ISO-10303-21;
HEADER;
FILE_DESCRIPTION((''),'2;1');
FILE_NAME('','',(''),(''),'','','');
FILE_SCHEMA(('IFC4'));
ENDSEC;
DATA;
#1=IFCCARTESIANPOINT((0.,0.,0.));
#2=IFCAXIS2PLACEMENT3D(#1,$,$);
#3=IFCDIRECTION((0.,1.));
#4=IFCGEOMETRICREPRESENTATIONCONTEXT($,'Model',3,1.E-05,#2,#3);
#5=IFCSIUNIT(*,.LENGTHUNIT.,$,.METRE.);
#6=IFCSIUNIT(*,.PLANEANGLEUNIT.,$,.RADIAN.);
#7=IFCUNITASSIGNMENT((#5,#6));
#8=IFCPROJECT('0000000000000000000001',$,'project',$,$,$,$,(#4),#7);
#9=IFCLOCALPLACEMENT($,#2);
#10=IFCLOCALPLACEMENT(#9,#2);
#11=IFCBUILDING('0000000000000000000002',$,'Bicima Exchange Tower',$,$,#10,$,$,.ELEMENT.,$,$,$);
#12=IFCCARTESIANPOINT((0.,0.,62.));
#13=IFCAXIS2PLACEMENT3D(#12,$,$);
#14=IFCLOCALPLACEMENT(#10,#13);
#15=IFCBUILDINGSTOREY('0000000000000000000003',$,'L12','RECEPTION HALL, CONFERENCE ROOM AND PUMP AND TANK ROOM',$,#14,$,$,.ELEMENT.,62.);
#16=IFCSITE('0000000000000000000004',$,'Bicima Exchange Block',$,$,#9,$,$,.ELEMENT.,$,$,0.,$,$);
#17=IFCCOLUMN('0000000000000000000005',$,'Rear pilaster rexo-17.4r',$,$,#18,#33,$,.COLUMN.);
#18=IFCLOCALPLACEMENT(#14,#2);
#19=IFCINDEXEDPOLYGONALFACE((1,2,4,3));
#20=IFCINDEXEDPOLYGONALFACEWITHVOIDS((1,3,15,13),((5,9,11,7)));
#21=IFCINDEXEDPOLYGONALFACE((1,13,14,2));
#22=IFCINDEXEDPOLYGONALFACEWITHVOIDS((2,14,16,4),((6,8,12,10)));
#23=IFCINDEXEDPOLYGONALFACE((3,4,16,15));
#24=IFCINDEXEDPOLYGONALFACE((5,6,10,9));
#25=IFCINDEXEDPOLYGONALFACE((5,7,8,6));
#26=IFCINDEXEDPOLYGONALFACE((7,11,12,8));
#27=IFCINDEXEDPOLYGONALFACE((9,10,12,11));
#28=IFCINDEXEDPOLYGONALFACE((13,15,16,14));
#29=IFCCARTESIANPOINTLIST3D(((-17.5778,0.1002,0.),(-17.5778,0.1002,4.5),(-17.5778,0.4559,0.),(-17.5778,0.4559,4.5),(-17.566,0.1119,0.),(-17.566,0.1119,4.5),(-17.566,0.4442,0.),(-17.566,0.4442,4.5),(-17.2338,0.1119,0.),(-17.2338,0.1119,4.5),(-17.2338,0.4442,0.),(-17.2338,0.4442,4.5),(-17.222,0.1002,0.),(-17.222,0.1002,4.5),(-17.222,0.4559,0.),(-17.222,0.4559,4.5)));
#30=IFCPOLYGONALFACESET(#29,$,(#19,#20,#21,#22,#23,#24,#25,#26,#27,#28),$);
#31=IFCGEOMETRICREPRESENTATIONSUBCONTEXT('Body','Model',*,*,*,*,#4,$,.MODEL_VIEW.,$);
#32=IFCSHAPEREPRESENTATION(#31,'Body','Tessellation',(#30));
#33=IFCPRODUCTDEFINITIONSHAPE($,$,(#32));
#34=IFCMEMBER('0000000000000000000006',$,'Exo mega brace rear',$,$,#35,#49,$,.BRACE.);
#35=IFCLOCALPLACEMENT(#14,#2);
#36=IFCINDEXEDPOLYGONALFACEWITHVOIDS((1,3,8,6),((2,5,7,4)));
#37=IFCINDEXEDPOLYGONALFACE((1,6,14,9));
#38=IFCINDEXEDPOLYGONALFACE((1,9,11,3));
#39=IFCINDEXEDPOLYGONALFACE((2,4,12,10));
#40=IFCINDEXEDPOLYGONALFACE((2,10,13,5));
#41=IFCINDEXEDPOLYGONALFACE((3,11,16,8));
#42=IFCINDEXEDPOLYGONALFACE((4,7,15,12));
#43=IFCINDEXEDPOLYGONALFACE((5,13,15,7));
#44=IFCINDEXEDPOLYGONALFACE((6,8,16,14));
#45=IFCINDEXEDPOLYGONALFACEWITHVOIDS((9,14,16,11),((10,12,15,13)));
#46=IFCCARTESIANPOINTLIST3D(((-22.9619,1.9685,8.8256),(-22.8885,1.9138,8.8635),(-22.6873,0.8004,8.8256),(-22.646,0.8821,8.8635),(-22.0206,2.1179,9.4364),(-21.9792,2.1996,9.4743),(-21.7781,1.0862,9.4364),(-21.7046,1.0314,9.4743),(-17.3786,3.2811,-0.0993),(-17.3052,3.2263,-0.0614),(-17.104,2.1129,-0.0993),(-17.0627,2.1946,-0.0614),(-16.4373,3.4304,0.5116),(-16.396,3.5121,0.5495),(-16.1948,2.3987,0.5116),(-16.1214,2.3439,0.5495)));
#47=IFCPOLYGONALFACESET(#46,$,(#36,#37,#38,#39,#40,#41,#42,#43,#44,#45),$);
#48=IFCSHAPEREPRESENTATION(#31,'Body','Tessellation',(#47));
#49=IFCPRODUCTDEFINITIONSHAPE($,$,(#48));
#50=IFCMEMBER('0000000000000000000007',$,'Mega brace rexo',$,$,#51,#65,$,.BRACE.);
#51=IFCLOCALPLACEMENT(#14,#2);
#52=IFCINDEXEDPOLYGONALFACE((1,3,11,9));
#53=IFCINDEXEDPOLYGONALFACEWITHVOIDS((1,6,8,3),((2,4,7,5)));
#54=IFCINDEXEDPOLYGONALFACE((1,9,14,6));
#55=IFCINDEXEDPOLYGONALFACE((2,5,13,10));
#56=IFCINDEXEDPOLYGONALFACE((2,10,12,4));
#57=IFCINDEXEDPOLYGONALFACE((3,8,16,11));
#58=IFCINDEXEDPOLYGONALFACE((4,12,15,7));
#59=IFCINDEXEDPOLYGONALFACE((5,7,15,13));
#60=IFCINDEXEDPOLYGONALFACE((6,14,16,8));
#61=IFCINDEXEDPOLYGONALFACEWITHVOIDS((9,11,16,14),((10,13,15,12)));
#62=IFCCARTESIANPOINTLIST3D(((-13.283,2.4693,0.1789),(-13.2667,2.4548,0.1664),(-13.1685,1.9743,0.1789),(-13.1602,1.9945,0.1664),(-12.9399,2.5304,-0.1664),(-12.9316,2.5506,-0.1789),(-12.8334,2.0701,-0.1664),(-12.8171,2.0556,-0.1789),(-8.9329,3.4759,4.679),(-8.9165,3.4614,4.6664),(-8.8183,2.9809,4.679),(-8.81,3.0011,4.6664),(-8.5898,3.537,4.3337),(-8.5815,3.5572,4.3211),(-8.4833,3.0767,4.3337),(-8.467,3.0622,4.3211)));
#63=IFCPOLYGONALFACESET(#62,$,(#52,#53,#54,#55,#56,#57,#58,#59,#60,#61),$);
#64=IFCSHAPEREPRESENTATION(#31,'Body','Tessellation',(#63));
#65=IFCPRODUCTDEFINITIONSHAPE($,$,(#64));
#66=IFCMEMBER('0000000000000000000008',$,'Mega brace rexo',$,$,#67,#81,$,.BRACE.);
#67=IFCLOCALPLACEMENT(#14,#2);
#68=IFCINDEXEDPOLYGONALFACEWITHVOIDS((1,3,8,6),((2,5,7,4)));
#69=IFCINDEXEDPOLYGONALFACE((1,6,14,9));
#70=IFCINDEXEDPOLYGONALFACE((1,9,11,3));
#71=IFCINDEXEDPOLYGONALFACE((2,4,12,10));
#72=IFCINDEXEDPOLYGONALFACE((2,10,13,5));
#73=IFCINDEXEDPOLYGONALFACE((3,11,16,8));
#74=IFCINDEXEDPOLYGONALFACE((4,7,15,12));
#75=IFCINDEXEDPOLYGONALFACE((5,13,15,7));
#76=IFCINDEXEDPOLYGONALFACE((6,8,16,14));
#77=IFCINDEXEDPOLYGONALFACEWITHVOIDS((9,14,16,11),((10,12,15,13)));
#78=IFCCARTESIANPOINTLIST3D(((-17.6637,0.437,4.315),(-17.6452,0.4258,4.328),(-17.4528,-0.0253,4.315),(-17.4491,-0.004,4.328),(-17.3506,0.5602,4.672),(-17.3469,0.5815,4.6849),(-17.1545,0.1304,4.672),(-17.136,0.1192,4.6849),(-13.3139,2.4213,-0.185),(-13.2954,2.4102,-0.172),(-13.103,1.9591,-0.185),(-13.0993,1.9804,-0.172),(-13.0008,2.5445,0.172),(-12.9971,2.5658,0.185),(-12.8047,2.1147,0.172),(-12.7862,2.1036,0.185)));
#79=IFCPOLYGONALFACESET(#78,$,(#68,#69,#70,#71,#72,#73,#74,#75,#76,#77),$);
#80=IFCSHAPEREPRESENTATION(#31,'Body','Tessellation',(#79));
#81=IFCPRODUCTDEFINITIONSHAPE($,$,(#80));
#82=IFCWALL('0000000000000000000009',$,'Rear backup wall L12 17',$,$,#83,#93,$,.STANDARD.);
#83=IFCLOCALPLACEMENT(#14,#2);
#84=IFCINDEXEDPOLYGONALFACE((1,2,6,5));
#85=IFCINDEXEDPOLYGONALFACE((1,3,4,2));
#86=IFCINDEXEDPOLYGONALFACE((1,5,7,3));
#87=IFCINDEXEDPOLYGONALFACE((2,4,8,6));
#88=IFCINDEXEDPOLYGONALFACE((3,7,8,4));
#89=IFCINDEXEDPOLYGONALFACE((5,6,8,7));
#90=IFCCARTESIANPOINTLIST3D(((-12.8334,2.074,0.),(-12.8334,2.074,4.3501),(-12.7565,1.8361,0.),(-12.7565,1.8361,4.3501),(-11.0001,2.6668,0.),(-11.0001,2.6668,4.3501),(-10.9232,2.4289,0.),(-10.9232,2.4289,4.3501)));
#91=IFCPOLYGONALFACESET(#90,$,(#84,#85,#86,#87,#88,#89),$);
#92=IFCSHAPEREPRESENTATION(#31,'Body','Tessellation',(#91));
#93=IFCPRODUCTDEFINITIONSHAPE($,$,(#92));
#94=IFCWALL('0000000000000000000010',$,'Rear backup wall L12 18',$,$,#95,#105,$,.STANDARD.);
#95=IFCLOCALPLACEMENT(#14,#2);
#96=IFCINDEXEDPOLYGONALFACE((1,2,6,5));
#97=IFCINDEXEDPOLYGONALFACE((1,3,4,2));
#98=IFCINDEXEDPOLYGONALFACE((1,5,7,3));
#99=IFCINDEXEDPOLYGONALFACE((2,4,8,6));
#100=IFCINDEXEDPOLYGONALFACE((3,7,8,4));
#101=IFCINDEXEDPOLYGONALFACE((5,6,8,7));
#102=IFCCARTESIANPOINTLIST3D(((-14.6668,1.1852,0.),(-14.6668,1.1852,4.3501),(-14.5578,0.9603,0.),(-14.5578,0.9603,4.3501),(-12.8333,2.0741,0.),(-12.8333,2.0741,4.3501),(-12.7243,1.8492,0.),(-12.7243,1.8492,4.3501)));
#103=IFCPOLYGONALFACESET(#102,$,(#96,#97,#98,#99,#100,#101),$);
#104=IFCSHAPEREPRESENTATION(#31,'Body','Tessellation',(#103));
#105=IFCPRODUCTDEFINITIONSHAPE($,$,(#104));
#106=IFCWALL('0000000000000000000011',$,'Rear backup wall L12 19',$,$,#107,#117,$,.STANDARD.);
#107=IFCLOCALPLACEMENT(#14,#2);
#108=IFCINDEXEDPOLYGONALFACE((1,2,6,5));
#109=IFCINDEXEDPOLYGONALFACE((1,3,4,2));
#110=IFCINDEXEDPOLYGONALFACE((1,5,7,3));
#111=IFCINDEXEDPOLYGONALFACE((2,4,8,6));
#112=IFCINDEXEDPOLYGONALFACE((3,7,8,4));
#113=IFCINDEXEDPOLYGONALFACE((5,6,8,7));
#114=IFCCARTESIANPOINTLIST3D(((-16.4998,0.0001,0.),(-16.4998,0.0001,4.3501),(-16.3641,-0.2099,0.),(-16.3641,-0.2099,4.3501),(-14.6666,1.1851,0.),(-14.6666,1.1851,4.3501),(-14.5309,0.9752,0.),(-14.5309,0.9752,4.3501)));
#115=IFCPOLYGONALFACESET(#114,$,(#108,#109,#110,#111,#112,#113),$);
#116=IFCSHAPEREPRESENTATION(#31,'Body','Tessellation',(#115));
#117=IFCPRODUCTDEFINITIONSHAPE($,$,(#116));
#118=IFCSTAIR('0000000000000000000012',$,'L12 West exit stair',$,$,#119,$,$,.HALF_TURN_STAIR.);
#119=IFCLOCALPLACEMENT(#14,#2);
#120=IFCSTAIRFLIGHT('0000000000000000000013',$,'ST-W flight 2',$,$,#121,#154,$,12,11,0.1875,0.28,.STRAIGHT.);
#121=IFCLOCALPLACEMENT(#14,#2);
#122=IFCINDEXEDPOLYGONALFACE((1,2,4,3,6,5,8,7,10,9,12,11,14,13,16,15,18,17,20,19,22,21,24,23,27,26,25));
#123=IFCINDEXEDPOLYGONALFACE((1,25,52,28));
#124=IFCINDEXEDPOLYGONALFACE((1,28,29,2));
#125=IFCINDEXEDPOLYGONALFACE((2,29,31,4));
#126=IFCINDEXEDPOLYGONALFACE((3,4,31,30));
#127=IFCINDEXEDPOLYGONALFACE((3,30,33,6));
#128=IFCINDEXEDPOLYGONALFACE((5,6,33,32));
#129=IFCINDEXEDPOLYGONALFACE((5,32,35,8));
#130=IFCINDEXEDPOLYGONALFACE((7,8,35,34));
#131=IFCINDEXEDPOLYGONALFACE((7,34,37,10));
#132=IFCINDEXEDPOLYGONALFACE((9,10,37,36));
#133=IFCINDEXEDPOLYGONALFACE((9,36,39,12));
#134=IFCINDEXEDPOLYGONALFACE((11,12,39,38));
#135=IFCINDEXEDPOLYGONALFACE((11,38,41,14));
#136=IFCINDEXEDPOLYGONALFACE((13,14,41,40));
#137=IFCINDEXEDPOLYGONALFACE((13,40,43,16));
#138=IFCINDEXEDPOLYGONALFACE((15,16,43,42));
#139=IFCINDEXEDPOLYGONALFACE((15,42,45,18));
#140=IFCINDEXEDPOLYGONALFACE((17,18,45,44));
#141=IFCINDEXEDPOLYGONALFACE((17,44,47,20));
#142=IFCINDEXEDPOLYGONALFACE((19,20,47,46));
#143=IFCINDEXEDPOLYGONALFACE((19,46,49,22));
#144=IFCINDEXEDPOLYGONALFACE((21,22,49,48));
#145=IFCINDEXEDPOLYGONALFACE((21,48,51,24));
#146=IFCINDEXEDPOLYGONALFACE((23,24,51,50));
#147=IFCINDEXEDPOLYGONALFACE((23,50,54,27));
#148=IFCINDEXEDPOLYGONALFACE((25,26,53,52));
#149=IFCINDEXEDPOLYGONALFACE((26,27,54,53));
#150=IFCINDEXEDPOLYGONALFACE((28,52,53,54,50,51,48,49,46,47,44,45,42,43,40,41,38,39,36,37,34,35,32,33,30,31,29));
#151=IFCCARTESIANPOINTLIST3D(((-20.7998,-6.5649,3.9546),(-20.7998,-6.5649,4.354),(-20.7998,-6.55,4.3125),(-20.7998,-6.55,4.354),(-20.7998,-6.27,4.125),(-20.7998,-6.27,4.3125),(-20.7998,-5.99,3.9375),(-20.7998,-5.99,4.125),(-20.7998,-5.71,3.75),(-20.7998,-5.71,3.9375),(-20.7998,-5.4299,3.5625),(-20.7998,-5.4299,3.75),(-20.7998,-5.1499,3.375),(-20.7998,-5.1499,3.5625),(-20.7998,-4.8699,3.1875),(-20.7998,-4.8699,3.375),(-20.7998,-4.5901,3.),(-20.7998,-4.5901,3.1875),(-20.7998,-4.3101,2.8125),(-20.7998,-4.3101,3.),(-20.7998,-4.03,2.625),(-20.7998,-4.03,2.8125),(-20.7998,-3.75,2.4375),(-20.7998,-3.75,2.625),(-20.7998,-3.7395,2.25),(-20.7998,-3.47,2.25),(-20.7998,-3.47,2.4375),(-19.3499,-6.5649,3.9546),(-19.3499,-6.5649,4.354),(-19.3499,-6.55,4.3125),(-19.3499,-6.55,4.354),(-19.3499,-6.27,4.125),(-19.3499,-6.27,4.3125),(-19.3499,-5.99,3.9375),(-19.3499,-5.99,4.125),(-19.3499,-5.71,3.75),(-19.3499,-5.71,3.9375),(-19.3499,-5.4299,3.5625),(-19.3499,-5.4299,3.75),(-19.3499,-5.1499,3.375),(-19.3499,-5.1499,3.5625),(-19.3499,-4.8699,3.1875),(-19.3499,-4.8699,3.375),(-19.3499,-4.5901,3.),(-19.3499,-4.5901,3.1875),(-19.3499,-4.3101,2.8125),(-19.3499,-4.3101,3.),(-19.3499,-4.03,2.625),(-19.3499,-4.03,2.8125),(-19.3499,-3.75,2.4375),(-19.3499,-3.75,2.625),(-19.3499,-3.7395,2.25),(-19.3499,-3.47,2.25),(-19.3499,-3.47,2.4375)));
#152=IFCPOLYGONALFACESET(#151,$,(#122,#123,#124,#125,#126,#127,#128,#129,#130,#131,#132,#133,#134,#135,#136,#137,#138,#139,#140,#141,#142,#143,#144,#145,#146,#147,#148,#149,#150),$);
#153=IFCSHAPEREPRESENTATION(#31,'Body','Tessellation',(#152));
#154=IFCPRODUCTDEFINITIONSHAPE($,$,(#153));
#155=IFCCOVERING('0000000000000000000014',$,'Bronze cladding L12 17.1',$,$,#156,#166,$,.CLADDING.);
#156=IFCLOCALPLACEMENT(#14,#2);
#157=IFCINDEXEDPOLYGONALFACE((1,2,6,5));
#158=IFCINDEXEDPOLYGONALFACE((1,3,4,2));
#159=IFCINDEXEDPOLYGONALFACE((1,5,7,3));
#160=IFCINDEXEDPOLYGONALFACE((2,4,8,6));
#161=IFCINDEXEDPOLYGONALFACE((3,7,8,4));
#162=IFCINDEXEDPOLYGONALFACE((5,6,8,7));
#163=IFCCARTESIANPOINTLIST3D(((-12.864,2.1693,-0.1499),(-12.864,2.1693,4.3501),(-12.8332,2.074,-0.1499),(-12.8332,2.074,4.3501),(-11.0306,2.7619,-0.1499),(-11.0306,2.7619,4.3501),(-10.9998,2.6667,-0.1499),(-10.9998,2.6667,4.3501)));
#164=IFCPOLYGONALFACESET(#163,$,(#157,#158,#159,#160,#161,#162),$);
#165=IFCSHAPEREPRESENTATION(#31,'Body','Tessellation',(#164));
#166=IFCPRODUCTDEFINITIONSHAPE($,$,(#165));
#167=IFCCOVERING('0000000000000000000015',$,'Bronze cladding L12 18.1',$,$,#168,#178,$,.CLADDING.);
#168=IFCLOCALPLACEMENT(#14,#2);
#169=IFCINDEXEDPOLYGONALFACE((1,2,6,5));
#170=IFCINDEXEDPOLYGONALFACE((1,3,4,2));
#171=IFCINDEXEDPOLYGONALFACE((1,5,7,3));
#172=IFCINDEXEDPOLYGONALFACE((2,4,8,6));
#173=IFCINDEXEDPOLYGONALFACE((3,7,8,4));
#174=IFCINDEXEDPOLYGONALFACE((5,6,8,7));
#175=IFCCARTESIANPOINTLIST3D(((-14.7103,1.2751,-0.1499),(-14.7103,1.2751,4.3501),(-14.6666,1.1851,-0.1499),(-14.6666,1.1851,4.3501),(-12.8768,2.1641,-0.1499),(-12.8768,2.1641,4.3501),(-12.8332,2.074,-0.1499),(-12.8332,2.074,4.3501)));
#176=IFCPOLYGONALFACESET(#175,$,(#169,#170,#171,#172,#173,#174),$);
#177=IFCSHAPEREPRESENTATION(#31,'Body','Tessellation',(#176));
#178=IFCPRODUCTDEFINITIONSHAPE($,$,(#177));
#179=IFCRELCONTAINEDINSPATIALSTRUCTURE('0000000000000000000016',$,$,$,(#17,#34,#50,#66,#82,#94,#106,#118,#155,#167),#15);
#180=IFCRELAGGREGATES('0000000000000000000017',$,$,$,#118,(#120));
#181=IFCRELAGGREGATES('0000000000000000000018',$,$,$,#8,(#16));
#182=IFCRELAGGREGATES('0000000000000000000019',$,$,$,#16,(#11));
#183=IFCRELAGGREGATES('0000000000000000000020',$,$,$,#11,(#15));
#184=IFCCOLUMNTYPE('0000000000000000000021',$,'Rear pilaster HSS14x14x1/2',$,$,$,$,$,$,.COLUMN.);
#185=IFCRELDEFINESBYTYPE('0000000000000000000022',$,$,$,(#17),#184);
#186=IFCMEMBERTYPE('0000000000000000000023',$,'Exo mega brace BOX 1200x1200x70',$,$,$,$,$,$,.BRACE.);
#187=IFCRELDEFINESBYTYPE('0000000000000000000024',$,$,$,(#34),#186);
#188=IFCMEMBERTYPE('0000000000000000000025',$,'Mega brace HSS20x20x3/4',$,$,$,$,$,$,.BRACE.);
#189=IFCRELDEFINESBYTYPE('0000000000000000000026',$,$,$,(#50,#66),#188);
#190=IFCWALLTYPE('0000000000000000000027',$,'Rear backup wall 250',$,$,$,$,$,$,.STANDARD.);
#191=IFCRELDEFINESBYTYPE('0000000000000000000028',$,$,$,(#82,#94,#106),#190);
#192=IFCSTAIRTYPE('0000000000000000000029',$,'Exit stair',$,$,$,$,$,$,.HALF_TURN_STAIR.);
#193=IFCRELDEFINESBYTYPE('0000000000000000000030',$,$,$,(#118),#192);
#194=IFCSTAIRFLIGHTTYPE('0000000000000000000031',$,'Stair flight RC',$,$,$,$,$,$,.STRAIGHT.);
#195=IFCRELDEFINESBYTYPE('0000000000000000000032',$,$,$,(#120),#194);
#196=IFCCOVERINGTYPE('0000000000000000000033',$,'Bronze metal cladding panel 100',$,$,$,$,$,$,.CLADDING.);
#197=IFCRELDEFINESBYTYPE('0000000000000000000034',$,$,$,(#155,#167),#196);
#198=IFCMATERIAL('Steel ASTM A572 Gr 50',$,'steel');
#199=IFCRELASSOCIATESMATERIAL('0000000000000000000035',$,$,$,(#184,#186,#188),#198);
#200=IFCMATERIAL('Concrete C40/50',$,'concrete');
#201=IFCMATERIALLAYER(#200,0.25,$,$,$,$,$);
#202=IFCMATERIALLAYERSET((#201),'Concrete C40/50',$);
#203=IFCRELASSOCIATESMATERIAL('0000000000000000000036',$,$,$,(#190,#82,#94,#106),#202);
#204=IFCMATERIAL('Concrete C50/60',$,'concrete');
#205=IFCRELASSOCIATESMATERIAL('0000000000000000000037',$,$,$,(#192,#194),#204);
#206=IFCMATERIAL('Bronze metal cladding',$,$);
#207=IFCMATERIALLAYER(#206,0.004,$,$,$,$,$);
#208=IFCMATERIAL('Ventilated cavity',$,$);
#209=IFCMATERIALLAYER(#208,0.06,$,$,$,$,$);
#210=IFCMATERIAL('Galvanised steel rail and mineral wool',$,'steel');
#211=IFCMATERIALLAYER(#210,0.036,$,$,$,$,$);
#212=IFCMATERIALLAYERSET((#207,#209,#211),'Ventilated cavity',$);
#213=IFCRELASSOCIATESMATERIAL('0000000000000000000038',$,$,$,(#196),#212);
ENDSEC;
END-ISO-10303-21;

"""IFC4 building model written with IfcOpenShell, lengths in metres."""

from ifc_helpers import new_model, si_unit, direction, frame, frame_2d, origin, origin_2d, place, context, subcontext, project, spatial, polyline, rectangle, hollow_rectangle, outline, extrude, material, layer, layer_set, layer_usage, material_profile, profile_set, type_object, element, aggregate, save


model = new_model("IFC4")

# Units and contexts
model_context = context("Model", 3, precision=1e-05, world=origin(), true_north=direction((0.0, 1.0)))
body_context = subcontext(model_context, "Body", "Model", "MODEL_VIEW")
ifc_project = project(units=[si_unit("LENGTHUNIT", "METRE"), si_unit("PLANEANGLEUNIT", "RADIAN")], contexts=[model_context])

# Site, building, storey
site_placement = place(None, origin())
site = spatial("IfcSite", under=ifc_project, at=site_placement, Name="Bicima Exchange Block", CompositionType="ELEMENT", RefElevation=0.0)
building_placement = place(site_placement, origin())
building = spatial("IfcBuilding", under=site, at=building_placement, Name="Bicima Exchange Tower", CompositionType="ELEMENT")
storey_placement = place(building_placement, frame((0.0, 0.0, 62.0)))
storey = spatial("IfcBuildingStorey", under=building, at=storey_placement, Name="L12", Description="RECEPTION HALL, CONFERENCE ROOM AND PUMP AND TANK ROOM", CompositionType="ELEMENT", Elevation=62.0)

# Column
ifc_material_1 = material(Name="Steel ASTM A572 Gr 50", Category="steel")
ifc_material_profile_1 = material_profile(ifc_material_1, hollow_rectangle(XDim=0.3557, YDim=0.3557, WallThickness=0.0117, at=origin_2d()))
ifc_profile_set_1 = profile_set([ifc_material_profile_1], Name="Steel ASTM A572 Gr 50")
column_type = type_object("IfcColumnType", Name="Rear pilaster HSS14x14x1/2", PredefinedType="COLUMN", material=ifc_profile_set_1)
column_placement = place(storey_placement, frame((-17.3999, 0.2781, 0.0), z_axis=(0.0, 0.0, 1.0), x_axis=(1.0, 0.0, 0.0)))
element("IfcColumn", 1, at=column_placement, inside=storey, type_object=column_type, Name="Rear pilaster rexo-17.4r", PredefinedType="COLUMN", context=body_context, shape_type="SweptSolid", body=[
    extrude(hollow_rectangle(XDim=0.3557, YDim=0.3557, WallThickness=0.0117, at=origin_2d()), origin(), (0.0, 0.0, 1.0), 4.5),
])

# Members
ifc_material_profile_2 = material_profile(ifc_material_1, hollow_rectangle(XDim=1.2, YDim=1.2, WallThickness=0.0701, at=origin_2d()))
ifc_profile_set_2 = profile_set([ifc_material_profile_2], Name="Steel ASTM A572 Gr 50")
member_type_1 = type_object("IfcMemberType", Name="Exo mega brace BOX 1200x1200x70", PredefinedType="BRACE", material=ifc_profile_set_2)
member_1_placement = place(storey_placement, frame((-16.75, 2.8125, 0.2251), z_axis=(-0.526283, -0.123718, 0.841261), x_axis=(0.22884, -0.973464, 0.0)))
element("IfcMember", 2, at=member_1_placement, inside=storey, type_object=member_type_1, Name="Exo mega brace rear", PredefinedType="BRACE", context=body_context, shape_type="SweptSolid", body=[
    extrude(hollow_rectangle(XDim=1.2, YDim=1.2, WallThickness=0.0701, at=origin_2d()), origin(), (0.0, 0.0, 1.0), 10.6089),
])
ifc_material_profile_3 = material_profile(ifc_material_1, hollow_rectangle(XDim=0.5081, YDim=0.5081, WallThickness=0.0178, at=origin_2d()))
ifc_profile_set_3 = profile_set([ifc_material_profile_3], Name="Steel ASTM A572 Gr 50")
member_type_2 = type_object("IfcMemberType", Name="Mega brace HSS20x20x3/4", PredefinedType="BRACE", material=ifc_profile_set_3)
member_2_placement = place(storey_placement, frame((-13.05, 2.2625, 0.0), z_axis=(0.686212, 0.158786, 0.709859), x_axis=(-0.225439, 0.974257, 0.0)))
element("IfcMember", 3, at=member_2_placement, inside=storey, type_object=member_type_2, Name="Mega brace rexo", PredefinedType="BRACE", context=body_context, shape_type="SweptSolid", body=[
    extrude(hollow_rectangle(XDim=0.5081, YDim=0.5081, WallThickness=0.0178, at=origin_2d()), origin(), (0.0, 0.0, 1.0), 6.3394),
])
member_3_placement = place(storey_placement, frame((-13.05, 2.2625, 0.0), z_axis=(-0.662508, -0.302232, 0.685376), x_axis=(0.415045, -0.909801, 0.0)))
element("IfcMember", 4, at=member_3_placement, inside=storey, type_object=member_type_2, Name="Mega brace rexo", PredefinedType="BRACE", context=body_context, shape_type="SweptSolid", body=[
    extrude(hollow_rectangle(XDim=0.5081, YDim=0.5081, WallThickness=0.0178, at=origin_2d()), origin(), (0.0, 0.0, 1.0), 6.5657),
])

# Walls
ifc_material_2 = material(Name="Concrete C40/50", Category="concrete")
ifc_layer_1 = layer(ifc_material_2, 0.25)
ifc_layer_set_1 = layer_set([ifc_layer_1], Name="Concrete C40/50")
ifc_layer_usage = layer_usage(ifc_layer_set_1, "AXIS2", "POSITIVE", -0.125)
wall_type = type_object("IfcWallType", Name="Rear backup wall 250", PredefinedType="STANDARD", material=ifc_layer_set_1)
wall_1_placement = place(storey_placement, frame((-10.9617, 2.5479, 0.0), z_axis=(0.0, 0.0, 1.0), x_axis=(-0.951496, -0.307662, 0.0)))
element("IfcWall", 5, at=wall_1_placement, inside=storey, type_object=wall_type, material=ifc_layer_usage, Name="Rear backup wall L12 17", PredefinedType="STANDARD", context=body_context, shape_type="SweptSolid", body=[
    extrude(rectangle(XDim=1.9268, YDim=0.25, at=frame_2d((0.9634, 0.0))), origin(), (0.0, 0.0, 1.0), 4.3501),
])
wall_2_placement = place(storey_placement, frame((-12.7788, 1.9617, 0.0), z_axis=(0.0, 0.0, 1.0), x_axis=(-0.899824, -0.436253, 0.0)))
element("IfcWall", 6, at=wall_2_placement, inside=storey, type_object=wall_type, material=ifc_layer_usage, Name="Rear backup wall L12 18", PredefinedType="STANDARD", context=body_context, shape_type="SweptSolid", body=[
    extrude(rectangle(XDim=2.0376, YDim=0.25, at=frame_2d((1.0188, 0.0))), origin(), (0.0, 0.0, 1.0), 4.3501),
])
wall_3_placement = place(storey_placement, frame((-14.5989, 1.0801, 0.0), z_axis=(0.0, 0.0, 1.0), x_axis=(-0.839813, -0.542876, 0.0)))
element("IfcWall", 7, at=wall_3_placement, inside=storey, type_object=wall_type, material=ifc_layer_usage, Name="Rear backup wall L12 19", PredefinedType="STANDARD", context=body_context, shape_type="SweptSolid", body=[
    extrude(rectangle(XDim=2.1829, YDim=0.25, at=frame_2d((1.0913, 0.0))), origin(), (0.0, 0.0, 1.0), 4.3501),
])

# Stair, stair flight
ifc_material_3 = material(Name="Concrete C50/60", Category="concrete")
stair_type = type_object("IfcStairType", Name="Exit stair", PredefinedType="HALF_TURN_STAIR", material=ifc_material_3)
stair_placement = place(storey_placement, origin())
stair = element("IfcStair", 8, at=stair_placement, inside=storey, type_object=stair_type, Name="L12 West exit stair", PredefinedType="HALF_TURN_STAIR")
stair_flight_type = type_object("IfcStairFlightType", Name="Stair flight RC", PredefinedType="STRAIGHT", material=ifc_material_3)
stair_flight_placement = place(storey_placement, frame((-20.075, -3.47, 2.25), z_axis=(0.0, 0.0, 1.0), x_axis=(0.0, -1.0, 0.0)))
stair_flight = element("IfcStairFlight", 9, at=stair_flight_placement, type_object=stair_flight_type, Name="ST-W flight 2", NumberOfRisers=12, NumberOfTreads=11, PredefinedType="STRAIGHT", RiserHeight=0.1875, TreadLength=0.28, context=body_context, shape_type="SweptSolid", body=[
    extrude(outline(polyline([(0.0, 0.0), (0.0, 0.1875), (0.28, 0.1875), (0.28, 0.375), (0.5601, 0.375), (0.5601, 0.5625), (0.8401, 0.5625), (0.8401, 0.75), (1.1201, 0.75), (1.1201, 0.9375), (1.3999, 0.9375), (1.3999, 1.125), (1.6799, 1.125), (1.6799, 1.3125), (1.96, 1.3125), (1.96, 1.5), (2.24, 1.5), (2.24, 1.6875), (2.52, 1.6875), (2.52, 1.875), (2.8, 1.875), (2.8, 2.0625), (3.0801, 2.0625), (3.0801, 2.104), (3.095, 2.104), (3.095, 1.7046), (0.2695, 0.0), (0.0, 0.0)])), frame((0.0, 0.7251, 0.0), z_axis=(0.0, -1.0, 0.0), x_axis=(1.0, 0.0, 0.0)), (0.0, 0.0, 1.0), 1.45),
])
aggregate(stair, [stair_flight])

# Coverings
ifc_material_4 = material(Name="Bronze metal cladding")
ifc_layer_2 = layer(ifc_material_4, 0.004)
ifc_material_5 = material(Name="Ventilated cavity")
ifc_layer_3 = layer(ifc_material_5, 0.06)
ifc_material_6 = material(Name="Galvanised steel rail and mineral wool", Category="steel")
ifc_layer_4 = layer(ifc_material_6, 0.036)
ifc_layer_set_2 = layer_set([ifc_layer_2, ifc_layer_3, ifc_layer_4], Name="Ventilated cavity")
covering_type = type_object("IfcCoveringType", Name="Bronze metal cladding panel 100", PredefinedType="CLADDING", material=ifc_layer_set_2)
covering_1_placement = place(storey_placement, frame((-11.9319, 2.418, -0.1499), z_axis=(0.0, 0.0, 1.0), x_axis=(-0.951525, -0.307573, 0.0)))
element("IfcCovering", 10, at=covering_1_placement, inside=storey, type_object=covering_type, Name="Bronze cladding L12 17.1", PredefinedType="CLADDING", context=body_context, shape_type="SweptSolid", body=[
    extrude(rectangle(XDim=1.9268, YDim=0.1001, at=origin_2d()), origin(), (0.0, 0.0, 1.0), 4.5),
])
covering_2_placement = place(storey_placement, frame((-13.7717, 1.6746, -0.1499), z_axis=(0.0, 0.0, 1.0), x_axis=(-0.899818, -0.436265, 0.0)))
element("IfcCovering", 11, at=covering_2_placement, inside=storey, type_object=covering_type, Name="Bronze cladding L12 18.1", PredefinedType="CLADDING", context=body_context, shape_type="SweptSolid", body=[
    extrude(rectangle(XDim=2.0376, YDim=0.1001, at=origin_2d()), origin(), (0.0, 0.0, 1.0), 4.5),
])

save(model, "model.ifc")
